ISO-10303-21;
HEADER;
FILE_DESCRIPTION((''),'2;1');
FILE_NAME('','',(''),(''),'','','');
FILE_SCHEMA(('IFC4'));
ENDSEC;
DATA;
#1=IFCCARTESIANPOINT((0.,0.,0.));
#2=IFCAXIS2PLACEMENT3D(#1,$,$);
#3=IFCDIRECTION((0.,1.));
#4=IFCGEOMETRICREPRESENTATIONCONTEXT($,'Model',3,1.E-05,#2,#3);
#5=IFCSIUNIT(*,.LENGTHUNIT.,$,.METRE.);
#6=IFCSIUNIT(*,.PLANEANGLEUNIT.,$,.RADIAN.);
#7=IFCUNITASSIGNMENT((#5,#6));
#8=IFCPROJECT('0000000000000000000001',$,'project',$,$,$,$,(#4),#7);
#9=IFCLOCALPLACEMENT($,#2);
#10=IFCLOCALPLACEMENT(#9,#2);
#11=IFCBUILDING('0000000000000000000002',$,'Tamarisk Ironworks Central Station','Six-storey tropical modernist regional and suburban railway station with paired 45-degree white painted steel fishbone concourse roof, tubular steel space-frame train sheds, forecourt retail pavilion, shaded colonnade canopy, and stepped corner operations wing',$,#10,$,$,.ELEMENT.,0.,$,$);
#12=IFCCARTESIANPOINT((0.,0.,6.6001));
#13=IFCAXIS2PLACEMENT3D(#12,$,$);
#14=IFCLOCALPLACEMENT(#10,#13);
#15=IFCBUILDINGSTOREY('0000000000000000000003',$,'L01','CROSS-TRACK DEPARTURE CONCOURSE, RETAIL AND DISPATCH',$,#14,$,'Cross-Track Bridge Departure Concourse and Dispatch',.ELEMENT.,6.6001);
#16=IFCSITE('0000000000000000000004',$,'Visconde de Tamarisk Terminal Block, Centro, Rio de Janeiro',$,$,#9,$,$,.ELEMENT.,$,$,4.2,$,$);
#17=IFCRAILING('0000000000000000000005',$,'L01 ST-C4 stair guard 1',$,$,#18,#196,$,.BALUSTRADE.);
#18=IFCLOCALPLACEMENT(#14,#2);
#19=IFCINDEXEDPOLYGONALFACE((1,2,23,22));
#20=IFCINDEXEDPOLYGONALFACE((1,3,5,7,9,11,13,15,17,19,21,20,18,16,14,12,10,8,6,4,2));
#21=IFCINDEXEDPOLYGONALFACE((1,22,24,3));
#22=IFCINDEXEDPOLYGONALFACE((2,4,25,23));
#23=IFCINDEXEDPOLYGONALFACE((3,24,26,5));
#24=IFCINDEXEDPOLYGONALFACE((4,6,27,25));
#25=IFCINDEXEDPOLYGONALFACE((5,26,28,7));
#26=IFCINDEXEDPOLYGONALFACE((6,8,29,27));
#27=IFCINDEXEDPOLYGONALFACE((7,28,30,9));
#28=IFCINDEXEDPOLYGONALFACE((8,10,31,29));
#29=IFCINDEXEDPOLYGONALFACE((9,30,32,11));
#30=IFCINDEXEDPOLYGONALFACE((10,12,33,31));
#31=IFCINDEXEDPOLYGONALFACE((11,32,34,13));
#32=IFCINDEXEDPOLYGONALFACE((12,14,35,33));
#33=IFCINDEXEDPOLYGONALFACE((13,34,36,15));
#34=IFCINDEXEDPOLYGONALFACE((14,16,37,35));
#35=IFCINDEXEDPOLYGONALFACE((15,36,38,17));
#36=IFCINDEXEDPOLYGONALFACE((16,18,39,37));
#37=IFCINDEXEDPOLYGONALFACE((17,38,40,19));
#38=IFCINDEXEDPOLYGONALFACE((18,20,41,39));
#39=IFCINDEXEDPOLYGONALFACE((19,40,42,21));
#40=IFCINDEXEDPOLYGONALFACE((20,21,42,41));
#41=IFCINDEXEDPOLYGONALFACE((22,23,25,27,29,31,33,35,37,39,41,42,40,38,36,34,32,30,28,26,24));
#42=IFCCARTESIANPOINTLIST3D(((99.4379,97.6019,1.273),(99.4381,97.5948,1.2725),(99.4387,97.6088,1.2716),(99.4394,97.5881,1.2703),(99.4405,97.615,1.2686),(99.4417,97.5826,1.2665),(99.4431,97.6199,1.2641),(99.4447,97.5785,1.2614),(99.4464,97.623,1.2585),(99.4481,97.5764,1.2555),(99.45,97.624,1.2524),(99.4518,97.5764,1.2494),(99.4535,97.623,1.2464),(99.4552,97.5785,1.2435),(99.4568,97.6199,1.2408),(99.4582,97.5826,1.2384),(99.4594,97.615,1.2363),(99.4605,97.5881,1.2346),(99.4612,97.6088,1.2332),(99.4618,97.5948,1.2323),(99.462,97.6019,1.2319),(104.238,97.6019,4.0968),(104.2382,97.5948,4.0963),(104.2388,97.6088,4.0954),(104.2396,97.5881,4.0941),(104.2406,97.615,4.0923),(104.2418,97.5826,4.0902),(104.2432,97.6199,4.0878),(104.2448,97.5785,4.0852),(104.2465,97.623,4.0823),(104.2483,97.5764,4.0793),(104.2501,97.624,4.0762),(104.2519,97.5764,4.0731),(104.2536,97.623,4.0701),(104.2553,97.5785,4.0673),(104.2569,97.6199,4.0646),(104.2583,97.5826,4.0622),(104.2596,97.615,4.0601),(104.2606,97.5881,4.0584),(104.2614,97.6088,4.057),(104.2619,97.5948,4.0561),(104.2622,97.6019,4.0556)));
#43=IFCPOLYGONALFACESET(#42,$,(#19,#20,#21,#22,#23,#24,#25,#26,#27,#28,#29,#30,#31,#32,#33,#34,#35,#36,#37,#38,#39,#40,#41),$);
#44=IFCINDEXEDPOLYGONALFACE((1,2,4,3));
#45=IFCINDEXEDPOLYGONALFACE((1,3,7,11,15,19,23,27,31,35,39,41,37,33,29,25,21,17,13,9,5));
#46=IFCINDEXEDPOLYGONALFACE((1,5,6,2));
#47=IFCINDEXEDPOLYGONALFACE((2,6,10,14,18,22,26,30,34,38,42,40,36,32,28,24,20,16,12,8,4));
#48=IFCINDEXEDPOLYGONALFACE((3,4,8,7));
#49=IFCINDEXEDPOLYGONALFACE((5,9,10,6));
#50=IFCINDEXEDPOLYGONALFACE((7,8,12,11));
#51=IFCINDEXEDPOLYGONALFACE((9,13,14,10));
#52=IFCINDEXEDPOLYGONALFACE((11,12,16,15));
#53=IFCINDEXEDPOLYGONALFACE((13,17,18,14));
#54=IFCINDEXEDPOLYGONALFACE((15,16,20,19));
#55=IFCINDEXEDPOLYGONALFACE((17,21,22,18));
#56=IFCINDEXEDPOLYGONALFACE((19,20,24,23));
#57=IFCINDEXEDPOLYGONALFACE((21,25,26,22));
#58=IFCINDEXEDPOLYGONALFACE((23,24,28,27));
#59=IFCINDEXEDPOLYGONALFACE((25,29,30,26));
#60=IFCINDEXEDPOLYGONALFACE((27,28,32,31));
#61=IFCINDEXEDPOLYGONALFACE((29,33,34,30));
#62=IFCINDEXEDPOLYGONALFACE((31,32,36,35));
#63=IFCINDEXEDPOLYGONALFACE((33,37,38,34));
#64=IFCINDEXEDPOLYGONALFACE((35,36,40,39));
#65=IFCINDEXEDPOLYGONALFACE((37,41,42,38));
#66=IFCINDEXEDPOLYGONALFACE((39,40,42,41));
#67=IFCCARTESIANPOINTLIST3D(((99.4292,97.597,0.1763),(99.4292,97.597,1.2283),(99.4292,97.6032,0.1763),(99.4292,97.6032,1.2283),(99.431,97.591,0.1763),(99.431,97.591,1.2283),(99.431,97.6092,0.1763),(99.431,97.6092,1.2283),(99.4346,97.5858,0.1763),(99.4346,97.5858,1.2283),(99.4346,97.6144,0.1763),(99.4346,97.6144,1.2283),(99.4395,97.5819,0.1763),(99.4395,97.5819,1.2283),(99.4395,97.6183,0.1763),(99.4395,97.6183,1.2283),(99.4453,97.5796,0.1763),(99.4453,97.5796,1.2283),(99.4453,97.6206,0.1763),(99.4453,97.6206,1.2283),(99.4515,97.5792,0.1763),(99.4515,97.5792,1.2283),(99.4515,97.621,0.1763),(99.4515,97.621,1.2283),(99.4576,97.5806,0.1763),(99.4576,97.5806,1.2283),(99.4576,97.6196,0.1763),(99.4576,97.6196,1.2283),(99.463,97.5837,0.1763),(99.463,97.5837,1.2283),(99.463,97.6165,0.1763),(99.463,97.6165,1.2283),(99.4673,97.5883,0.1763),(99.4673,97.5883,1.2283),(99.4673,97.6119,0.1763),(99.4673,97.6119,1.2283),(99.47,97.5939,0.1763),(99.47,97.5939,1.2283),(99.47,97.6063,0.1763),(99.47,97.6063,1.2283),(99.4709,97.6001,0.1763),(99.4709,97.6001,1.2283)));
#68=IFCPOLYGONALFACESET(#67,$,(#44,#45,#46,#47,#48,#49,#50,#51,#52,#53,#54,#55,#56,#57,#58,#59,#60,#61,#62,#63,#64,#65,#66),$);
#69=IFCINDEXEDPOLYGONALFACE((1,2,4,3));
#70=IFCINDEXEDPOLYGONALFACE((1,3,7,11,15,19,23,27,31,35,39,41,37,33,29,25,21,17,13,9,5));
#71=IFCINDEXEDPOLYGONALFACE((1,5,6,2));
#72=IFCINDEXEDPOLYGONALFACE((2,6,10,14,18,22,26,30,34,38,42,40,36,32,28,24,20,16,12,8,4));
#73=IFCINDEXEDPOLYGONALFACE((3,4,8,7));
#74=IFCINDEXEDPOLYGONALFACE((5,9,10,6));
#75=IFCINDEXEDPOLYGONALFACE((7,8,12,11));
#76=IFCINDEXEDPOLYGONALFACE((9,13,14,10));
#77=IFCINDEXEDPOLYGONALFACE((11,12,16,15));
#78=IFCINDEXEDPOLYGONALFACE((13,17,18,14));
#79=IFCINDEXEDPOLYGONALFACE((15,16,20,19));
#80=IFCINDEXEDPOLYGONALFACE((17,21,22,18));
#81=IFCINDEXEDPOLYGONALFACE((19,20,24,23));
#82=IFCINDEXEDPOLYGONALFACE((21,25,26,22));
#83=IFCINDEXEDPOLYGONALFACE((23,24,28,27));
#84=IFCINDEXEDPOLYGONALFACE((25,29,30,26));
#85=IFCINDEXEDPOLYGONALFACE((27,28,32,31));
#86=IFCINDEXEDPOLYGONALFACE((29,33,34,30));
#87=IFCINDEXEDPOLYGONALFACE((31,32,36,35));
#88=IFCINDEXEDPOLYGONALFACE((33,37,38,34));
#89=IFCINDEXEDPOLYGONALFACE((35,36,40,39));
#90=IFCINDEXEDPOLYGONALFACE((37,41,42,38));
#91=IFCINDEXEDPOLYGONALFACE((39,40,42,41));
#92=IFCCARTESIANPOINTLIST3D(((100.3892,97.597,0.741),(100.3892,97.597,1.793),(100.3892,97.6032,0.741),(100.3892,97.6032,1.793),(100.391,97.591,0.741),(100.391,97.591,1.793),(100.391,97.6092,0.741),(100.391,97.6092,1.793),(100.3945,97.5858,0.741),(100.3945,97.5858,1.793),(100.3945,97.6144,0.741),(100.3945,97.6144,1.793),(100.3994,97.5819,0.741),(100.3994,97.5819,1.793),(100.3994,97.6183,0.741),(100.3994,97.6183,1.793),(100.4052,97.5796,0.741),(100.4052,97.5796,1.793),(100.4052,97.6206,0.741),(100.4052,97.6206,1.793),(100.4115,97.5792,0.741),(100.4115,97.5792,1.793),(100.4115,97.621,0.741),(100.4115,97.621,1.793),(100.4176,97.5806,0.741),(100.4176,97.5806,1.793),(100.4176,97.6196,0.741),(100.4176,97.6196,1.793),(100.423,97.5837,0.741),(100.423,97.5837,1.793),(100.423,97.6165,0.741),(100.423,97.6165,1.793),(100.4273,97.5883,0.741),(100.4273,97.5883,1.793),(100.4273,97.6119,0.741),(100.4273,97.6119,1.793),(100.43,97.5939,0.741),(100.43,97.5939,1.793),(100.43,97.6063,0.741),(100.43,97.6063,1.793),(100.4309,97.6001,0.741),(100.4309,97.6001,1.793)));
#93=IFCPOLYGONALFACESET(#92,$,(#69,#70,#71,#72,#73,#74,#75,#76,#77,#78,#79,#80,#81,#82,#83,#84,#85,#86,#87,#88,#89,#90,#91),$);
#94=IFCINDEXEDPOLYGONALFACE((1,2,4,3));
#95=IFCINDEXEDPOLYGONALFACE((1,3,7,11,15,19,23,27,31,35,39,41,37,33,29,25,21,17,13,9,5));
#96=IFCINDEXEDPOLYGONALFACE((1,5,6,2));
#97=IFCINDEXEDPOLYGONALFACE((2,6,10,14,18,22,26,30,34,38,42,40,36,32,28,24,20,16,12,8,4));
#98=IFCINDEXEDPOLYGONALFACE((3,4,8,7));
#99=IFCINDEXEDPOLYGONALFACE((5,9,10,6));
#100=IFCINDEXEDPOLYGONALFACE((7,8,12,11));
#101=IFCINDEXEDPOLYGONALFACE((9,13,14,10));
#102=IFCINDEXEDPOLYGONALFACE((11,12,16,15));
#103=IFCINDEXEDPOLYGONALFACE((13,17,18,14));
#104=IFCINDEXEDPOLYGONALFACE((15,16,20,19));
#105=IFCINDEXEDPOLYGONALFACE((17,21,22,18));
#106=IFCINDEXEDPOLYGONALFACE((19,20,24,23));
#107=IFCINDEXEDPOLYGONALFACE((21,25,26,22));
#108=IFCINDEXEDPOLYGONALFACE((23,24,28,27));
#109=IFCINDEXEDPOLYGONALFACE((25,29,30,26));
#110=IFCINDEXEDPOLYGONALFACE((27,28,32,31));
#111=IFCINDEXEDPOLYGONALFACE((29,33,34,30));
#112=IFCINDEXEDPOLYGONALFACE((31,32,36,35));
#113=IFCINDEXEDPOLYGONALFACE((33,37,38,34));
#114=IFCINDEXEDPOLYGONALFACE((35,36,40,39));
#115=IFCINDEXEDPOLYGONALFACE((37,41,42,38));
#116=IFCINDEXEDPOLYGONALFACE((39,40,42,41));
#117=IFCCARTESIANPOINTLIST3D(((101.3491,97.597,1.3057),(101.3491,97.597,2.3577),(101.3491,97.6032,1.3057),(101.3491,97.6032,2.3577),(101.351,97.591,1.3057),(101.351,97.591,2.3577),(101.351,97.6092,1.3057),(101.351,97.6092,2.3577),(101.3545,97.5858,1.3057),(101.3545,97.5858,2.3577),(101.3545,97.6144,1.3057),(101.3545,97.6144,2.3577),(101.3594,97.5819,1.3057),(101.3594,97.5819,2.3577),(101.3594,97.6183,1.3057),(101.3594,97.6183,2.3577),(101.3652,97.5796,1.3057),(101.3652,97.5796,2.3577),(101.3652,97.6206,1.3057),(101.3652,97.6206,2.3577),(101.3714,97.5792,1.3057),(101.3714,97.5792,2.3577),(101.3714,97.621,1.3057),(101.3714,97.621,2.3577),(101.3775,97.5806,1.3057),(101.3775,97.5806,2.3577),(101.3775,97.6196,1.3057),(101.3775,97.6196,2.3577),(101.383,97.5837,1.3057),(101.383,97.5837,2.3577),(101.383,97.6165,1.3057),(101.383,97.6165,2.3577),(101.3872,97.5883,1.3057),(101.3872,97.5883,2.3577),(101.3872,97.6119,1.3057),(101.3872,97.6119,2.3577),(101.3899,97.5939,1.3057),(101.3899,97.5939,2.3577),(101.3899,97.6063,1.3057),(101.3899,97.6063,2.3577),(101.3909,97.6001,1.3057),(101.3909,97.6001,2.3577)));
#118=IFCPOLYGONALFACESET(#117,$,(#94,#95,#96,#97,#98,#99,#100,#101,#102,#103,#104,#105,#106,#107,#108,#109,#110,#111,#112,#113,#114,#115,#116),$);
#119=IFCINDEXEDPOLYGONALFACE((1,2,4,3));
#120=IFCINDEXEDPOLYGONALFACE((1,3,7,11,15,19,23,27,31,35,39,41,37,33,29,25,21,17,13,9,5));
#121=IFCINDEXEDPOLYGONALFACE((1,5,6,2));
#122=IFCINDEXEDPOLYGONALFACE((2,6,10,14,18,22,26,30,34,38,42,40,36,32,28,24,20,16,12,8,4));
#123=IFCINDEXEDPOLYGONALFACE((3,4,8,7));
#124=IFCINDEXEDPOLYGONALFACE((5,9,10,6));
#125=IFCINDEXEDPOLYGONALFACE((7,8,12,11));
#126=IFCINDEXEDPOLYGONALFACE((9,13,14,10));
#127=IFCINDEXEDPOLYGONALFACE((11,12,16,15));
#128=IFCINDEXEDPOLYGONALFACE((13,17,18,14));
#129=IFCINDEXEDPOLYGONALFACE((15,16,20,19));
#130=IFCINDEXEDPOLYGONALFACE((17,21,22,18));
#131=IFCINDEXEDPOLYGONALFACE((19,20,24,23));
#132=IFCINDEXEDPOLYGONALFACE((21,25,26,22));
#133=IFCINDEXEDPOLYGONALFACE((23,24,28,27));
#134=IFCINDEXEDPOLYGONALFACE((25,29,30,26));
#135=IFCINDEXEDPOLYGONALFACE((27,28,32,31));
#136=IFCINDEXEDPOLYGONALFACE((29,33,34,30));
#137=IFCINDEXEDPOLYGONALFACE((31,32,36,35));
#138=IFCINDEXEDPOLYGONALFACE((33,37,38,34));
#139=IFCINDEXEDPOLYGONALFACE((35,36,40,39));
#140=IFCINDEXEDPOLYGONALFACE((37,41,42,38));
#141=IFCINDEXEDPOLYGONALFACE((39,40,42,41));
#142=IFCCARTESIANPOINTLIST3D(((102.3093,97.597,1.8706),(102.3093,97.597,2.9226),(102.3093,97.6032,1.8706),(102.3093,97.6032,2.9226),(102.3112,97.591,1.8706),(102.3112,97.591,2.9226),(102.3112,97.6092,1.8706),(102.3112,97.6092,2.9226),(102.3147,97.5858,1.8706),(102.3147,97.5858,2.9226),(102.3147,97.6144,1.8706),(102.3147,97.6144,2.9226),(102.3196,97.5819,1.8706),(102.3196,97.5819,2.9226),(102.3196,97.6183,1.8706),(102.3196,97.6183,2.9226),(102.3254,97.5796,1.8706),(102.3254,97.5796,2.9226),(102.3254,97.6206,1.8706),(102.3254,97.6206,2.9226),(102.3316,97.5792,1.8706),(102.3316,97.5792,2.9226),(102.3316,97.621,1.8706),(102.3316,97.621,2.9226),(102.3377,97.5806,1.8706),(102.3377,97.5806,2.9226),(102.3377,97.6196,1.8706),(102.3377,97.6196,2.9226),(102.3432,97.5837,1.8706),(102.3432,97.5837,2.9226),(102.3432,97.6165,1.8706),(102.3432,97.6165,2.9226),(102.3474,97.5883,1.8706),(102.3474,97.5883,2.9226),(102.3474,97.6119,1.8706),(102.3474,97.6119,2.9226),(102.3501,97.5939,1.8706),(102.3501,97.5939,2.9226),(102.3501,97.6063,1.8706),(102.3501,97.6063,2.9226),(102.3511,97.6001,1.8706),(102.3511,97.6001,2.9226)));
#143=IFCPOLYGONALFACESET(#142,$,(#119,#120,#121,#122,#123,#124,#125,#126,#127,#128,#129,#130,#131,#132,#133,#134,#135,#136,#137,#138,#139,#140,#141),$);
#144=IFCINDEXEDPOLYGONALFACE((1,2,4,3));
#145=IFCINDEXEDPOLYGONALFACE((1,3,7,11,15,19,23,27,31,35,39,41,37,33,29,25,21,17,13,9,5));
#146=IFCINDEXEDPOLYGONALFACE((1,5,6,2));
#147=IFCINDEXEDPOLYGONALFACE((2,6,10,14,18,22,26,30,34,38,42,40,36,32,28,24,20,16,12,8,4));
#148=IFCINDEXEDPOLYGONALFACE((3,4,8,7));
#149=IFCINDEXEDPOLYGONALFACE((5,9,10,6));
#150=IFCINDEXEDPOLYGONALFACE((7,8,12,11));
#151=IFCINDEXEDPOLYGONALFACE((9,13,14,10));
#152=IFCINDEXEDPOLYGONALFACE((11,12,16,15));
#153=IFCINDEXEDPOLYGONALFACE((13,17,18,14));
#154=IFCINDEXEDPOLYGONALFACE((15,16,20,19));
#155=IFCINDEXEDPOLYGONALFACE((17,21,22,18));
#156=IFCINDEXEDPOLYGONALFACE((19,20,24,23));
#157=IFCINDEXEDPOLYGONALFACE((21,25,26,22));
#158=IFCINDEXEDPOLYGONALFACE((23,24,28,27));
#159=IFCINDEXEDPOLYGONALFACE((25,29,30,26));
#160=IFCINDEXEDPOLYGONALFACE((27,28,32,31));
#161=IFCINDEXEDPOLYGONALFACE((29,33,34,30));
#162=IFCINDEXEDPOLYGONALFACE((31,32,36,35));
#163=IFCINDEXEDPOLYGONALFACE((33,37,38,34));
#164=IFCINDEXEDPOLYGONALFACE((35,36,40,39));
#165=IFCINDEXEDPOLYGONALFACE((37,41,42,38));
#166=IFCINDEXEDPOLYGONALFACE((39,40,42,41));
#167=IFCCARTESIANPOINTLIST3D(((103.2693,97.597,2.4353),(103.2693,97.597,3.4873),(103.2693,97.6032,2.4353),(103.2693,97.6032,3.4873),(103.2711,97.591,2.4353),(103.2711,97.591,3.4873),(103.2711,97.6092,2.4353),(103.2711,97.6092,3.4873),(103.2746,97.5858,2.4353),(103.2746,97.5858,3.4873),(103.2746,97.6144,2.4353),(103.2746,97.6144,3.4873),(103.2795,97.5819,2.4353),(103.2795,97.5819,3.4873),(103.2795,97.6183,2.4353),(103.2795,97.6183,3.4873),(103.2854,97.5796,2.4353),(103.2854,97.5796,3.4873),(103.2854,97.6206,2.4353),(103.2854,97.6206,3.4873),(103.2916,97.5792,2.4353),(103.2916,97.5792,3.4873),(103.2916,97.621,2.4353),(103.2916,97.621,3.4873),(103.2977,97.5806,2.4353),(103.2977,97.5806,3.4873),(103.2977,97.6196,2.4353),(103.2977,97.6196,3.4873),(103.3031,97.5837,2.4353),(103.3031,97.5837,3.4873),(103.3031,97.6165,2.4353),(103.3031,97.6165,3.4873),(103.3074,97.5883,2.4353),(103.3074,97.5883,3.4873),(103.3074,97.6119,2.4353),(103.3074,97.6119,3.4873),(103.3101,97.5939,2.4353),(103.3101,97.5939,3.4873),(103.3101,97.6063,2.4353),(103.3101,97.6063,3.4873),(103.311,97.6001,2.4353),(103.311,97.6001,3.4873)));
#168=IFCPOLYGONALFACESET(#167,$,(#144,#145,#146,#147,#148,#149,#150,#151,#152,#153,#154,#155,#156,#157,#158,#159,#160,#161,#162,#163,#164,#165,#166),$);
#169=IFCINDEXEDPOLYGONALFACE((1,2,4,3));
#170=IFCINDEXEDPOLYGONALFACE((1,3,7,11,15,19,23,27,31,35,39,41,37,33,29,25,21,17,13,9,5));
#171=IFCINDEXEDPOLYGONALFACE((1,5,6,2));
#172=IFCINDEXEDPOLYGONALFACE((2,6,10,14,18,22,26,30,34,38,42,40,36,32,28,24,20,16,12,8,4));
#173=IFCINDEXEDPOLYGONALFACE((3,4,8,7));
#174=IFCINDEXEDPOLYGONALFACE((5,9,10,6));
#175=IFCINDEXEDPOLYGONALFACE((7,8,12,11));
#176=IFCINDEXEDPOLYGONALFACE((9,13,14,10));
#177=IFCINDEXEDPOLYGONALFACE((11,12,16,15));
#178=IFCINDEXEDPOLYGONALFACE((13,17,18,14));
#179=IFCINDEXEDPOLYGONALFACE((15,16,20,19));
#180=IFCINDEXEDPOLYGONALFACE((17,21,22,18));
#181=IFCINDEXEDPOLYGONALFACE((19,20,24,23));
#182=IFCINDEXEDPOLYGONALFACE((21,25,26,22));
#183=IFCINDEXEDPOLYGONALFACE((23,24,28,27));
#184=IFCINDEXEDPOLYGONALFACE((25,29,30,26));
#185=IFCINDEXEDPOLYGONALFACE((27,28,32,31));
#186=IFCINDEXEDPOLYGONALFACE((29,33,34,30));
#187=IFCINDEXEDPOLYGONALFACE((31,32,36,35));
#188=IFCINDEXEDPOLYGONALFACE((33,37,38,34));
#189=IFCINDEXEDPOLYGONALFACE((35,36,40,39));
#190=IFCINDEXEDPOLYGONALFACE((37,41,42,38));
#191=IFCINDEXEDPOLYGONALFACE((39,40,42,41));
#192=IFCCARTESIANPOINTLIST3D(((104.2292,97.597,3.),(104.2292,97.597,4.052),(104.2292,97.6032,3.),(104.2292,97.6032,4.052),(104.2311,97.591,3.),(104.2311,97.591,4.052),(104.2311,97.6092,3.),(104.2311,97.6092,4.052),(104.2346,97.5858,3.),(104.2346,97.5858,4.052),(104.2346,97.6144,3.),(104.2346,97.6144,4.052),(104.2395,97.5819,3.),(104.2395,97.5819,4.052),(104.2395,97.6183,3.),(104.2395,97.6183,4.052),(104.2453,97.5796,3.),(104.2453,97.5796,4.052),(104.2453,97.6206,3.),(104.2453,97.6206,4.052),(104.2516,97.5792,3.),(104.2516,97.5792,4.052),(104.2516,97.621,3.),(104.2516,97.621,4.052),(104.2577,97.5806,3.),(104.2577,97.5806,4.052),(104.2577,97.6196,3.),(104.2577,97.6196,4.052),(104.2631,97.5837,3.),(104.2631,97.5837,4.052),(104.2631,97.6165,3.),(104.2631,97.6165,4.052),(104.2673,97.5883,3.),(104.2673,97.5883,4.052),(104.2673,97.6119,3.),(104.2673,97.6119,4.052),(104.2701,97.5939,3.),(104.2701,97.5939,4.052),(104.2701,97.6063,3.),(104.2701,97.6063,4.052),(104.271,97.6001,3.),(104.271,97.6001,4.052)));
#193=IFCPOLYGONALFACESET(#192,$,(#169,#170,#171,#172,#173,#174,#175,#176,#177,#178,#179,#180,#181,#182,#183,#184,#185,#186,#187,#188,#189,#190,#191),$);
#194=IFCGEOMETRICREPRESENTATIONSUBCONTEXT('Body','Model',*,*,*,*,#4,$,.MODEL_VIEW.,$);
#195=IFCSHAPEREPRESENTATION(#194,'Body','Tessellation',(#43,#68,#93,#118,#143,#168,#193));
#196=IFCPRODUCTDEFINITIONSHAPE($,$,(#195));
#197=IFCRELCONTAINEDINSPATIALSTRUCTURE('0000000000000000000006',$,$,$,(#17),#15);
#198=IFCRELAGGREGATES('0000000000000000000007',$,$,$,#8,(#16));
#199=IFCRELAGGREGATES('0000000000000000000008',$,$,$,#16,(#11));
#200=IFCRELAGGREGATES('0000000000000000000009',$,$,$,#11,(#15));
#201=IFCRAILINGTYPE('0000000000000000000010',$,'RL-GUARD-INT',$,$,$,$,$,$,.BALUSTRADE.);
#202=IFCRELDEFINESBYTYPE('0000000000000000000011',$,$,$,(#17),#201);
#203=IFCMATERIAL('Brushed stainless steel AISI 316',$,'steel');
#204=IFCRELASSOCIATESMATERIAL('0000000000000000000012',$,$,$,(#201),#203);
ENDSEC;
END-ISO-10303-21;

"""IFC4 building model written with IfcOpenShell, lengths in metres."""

from ifc_helpers import new_model, si_unit, direction, frame, origin, origin_2d, place, context, subcontext, project, spatial, circle, extrude, material, type_object, element, save


model = new_model("IFC4")

# Units and contexts
model_context = context("Model", 3, precision=1e-05, world=origin(), true_north=direction((0.0, 1.0)))
body_context = subcontext(model_context, "Body", "Model", "MODEL_VIEW")
ifc_project = project(units=[si_unit("LENGTHUNIT", "METRE"), si_unit("PLANEANGLEUNIT", "RADIAN")], contexts=[model_context])

# Site, building, storey
site_placement = place(None, origin())
site = spatial("IfcSite", under=ifc_project, at=site_placement, Name="Visconde de Tamarisk Terminal Block, Centro, Rio de Janeiro", CompositionType="ELEMENT", RefElevation=4.2)
building_placement = place(site_placement, origin())
building = spatial("IfcBuilding", under=site, at=building_placement, Name="Tamarisk Ironworks Central Station", Description="Six-storey tropical modernist regional and suburban railway station with paired 45-degree white painted steel fishbone concourse roof, tubular steel space-frame train sheds, forecourt retail pavilion, shaded colonnade canopy, and stepped corner operations wing", CompositionType="ELEMENT", ElevationOfRefHeight=0.0)
storey_placement = place(building_placement, frame((0.0, 0.0, 6.6001)))
storey = spatial("IfcBuildingStorey", under=building, at=storey_placement, Name="L01", Description="CROSS-TRACK DEPARTURE CONCOURSE, RETAIL AND DISPATCH", LongName="Cross-Track Bridge Departure Concourse and Dispatch", CompositionType="ELEMENT", Elevation=6.6001)

# Railing
ifc_material_1 = material(Name="Brushed stainless steel AISI 316", Category="steel")
railing_type_1 = type_object("IfcRailingType", Name="RL-GUARD-INT", PredefinedType="BALUSTRADE", material=ifc_material_1)
railing_1_placement = place(storey_placement, frame((99.45, 97.6001, 0.1763)))
element("IfcRailing", 1, at=railing_1_placement, inside=storey, type_object=railing_type_1, Name="L01 ST-C4 stair guard 1", PredefinedType="BALUSTRADE", context=body_context, shape_type="SweptSolid", body=[
    extrude(circle(Radius=0.0239, at=origin_2d()), frame((0.0, 0.0, 1.0762), z_axis=(0.861921, 0.0, 0.507043), x_axis=(0.0, 1.0, 0.0)), (0.0, 0.0, 1.0), 5.5691),
    extrude(circle(Radius=0.021, at=origin_2d()), origin(), (0.0, 0.0, 1.0), 1.052),
    extrude(circle(Radius=0.021, at=origin_2d()), frame((0.96, 0.0, 0.5647)), (0.0, 0.0, 1.0), 1.052),
    extrude(circle(Radius=0.021, at=origin_2d()), frame((1.9199, 0.0, 1.1294)), (0.0, 0.0, 1.0), 1.052),
    extrude(circle(Radius=0.021, at=origin_2d()), frame((2.8801, 0.0, 1.6943)), (0.0, 0.0, 1.0), 1.052),
    extrude(circle(Radius=0.021, at=origin_2d()), frame((3.8401, 0.0, 2.259)), (0.0, 0.0, 1.0), 1.052),
    extrude(circle(Radius=0.021, at=origin_2d()), frame((4.8, 0.0, 2.8237)), (0.0, 0.0, 1.0), 1.052),
])

save(model, "model.ifc")
